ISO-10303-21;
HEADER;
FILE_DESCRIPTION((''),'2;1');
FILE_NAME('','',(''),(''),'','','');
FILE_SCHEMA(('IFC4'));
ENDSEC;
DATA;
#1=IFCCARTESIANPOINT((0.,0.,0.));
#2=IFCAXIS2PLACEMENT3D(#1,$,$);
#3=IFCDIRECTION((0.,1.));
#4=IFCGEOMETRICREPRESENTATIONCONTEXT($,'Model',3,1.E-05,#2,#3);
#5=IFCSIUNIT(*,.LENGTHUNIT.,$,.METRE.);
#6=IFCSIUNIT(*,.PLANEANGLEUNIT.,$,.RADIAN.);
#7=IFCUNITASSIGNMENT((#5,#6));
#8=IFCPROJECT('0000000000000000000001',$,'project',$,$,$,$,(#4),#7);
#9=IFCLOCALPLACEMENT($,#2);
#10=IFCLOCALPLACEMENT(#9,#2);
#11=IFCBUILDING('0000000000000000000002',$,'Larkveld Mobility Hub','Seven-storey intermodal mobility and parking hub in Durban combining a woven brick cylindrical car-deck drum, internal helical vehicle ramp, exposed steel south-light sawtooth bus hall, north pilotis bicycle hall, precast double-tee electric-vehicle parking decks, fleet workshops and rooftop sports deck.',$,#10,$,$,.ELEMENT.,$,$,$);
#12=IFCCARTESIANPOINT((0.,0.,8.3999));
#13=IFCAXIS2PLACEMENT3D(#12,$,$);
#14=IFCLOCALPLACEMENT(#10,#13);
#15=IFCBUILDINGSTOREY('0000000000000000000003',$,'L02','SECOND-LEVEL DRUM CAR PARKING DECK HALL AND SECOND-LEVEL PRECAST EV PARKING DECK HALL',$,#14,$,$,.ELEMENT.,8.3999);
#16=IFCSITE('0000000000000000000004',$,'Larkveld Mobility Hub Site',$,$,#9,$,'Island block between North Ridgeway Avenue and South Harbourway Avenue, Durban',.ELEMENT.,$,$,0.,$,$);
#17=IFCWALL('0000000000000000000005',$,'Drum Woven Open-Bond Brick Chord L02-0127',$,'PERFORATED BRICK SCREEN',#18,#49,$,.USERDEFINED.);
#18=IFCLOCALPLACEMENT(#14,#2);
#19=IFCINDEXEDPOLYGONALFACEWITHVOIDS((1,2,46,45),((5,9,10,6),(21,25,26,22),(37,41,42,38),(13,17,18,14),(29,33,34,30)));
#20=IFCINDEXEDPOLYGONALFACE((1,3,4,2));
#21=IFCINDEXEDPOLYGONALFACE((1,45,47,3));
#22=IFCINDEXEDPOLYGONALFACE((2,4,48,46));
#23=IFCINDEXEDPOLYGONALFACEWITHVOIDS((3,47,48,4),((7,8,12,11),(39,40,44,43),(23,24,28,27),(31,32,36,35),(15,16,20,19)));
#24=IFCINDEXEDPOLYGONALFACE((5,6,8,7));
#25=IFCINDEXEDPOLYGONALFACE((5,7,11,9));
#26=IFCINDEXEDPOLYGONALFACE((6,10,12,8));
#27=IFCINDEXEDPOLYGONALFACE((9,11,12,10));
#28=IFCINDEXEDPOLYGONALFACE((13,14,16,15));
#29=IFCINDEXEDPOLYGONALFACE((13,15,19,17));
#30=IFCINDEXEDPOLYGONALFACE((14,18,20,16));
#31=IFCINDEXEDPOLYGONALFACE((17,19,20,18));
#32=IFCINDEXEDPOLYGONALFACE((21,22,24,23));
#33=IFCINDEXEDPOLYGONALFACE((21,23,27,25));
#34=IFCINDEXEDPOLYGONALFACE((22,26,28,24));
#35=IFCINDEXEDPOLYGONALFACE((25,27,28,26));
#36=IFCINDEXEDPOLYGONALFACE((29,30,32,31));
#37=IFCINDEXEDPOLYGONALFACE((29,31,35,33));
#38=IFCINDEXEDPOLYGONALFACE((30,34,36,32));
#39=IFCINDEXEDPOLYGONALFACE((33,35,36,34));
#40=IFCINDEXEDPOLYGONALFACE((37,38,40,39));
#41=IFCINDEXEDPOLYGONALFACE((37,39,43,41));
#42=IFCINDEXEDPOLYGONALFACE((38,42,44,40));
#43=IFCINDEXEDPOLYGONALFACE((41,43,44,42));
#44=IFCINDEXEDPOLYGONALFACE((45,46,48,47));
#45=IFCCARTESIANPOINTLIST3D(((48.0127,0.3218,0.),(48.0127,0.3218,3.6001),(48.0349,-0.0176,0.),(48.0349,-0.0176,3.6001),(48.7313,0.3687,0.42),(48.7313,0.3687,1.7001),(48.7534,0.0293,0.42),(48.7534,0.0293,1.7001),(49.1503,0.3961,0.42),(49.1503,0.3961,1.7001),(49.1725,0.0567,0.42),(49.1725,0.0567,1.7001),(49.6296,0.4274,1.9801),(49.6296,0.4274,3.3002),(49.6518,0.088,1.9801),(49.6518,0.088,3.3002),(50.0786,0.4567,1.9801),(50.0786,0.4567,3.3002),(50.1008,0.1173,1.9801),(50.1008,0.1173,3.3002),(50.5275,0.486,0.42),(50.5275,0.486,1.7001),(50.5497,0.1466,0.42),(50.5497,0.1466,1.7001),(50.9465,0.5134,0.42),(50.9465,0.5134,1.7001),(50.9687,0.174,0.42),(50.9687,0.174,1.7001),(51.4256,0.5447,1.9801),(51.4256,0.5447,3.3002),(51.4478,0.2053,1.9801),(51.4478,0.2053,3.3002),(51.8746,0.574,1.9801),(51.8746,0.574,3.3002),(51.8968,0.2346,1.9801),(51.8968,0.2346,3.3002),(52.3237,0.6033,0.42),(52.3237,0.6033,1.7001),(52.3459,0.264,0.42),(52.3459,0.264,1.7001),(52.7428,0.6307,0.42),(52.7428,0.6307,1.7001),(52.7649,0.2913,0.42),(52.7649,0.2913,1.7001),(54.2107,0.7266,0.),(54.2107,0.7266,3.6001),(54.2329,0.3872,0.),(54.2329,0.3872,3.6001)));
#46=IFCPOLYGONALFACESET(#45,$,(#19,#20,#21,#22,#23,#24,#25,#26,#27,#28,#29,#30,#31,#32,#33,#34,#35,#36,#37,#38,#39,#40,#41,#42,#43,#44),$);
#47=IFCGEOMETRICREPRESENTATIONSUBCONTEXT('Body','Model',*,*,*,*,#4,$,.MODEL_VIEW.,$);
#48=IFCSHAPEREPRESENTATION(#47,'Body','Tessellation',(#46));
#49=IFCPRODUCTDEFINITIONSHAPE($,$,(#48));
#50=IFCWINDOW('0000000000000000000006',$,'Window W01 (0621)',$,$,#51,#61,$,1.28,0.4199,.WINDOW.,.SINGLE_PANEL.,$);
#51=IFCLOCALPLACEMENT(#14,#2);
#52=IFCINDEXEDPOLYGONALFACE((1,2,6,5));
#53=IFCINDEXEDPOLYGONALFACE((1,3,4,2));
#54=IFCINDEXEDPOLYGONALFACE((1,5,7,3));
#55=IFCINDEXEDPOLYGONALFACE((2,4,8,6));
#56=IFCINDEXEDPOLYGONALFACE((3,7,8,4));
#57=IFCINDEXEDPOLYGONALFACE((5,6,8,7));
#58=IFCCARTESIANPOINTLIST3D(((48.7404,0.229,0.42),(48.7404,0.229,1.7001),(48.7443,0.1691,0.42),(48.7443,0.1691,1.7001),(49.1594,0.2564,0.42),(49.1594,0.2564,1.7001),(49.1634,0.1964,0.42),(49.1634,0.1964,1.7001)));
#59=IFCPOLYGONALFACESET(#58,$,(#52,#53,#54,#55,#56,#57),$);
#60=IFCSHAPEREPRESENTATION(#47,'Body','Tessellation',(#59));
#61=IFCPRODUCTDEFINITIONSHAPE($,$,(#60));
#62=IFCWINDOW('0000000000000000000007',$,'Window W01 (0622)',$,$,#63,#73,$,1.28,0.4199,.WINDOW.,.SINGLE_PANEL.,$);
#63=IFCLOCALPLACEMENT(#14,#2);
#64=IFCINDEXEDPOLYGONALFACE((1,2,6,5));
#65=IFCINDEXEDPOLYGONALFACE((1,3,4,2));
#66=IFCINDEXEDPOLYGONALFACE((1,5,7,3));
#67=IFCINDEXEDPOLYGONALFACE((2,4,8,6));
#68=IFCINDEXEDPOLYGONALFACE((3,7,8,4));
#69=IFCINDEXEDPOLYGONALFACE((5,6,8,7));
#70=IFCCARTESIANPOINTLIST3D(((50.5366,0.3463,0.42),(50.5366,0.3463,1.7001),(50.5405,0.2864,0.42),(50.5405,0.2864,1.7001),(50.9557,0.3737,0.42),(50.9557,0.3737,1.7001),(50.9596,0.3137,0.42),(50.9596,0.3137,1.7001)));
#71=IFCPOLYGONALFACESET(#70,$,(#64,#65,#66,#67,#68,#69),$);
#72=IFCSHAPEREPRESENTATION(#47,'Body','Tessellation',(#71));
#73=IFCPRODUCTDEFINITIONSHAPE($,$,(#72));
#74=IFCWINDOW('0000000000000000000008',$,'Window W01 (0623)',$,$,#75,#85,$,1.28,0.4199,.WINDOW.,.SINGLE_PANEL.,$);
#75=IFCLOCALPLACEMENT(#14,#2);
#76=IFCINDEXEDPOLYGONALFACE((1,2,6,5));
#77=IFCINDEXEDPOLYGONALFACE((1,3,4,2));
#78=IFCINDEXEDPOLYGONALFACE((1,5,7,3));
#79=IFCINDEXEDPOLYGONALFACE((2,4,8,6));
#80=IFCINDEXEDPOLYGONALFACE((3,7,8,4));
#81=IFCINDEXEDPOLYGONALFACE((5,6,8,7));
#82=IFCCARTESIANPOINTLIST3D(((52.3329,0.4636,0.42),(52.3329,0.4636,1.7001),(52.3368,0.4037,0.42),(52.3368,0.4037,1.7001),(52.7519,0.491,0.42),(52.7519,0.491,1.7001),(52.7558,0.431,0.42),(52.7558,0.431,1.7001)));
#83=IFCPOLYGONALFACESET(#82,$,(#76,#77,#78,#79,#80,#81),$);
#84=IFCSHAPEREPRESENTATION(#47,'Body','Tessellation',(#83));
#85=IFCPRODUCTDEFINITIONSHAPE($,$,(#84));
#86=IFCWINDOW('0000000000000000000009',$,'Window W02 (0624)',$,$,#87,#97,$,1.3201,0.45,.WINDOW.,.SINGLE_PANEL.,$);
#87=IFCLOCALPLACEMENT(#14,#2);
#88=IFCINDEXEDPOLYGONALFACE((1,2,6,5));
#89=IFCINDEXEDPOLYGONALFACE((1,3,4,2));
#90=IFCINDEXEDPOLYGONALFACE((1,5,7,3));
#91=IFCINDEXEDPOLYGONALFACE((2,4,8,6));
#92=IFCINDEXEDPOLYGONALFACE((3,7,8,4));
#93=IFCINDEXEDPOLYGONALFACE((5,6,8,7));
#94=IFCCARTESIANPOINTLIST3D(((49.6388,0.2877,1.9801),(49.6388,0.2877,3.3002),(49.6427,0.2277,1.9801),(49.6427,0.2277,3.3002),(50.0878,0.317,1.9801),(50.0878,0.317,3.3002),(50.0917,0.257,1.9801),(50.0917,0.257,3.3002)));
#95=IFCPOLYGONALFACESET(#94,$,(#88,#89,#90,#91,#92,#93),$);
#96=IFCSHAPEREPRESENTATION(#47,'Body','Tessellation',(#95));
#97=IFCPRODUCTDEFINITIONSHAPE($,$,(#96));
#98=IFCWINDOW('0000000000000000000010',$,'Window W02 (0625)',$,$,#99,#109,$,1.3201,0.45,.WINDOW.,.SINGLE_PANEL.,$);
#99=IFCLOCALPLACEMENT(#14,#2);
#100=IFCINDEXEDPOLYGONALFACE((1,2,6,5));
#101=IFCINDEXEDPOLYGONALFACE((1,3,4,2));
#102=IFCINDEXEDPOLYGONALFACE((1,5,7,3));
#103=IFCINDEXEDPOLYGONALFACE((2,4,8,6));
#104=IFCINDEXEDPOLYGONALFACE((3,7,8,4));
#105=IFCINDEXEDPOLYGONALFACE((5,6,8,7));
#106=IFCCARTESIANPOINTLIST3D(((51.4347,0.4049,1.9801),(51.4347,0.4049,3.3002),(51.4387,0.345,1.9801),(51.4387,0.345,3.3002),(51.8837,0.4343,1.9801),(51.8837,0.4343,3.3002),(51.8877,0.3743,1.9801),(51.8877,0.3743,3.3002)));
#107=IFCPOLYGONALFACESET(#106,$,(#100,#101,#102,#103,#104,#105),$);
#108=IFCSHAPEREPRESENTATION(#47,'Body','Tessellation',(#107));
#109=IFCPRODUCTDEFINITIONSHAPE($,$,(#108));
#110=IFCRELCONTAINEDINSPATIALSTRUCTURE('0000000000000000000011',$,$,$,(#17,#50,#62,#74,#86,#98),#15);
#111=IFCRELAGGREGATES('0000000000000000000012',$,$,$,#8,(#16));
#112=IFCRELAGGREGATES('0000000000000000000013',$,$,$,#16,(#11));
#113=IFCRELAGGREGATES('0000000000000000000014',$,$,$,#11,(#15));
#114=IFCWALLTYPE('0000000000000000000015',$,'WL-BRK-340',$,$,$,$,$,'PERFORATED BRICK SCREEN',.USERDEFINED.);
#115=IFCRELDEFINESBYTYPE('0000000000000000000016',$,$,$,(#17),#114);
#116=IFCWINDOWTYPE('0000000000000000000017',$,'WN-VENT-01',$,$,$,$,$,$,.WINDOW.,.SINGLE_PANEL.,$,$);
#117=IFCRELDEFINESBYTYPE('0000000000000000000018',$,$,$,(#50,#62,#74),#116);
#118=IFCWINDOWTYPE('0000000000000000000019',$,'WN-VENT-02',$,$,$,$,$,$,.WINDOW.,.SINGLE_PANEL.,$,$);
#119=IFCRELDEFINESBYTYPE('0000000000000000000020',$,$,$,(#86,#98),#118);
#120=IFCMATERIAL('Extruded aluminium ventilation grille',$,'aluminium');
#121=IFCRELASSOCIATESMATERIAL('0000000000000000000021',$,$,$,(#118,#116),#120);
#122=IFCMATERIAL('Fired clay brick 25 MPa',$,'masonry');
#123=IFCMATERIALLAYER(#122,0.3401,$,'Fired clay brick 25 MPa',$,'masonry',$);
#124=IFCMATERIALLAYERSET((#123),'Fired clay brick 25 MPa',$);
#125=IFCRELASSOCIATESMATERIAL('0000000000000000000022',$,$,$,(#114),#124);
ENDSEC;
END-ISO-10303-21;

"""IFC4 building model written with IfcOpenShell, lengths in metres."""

from ifc_helpers import new_model, si_unit, direction, frame, frame_2d, origin, place, context, subcontext, project, spatial, rectangle, extrude, material, layer, layer_set, type_object, element, fill, save


model = new_model("IFC4")

# Units and contexts
model_context = context("Model", 3, precision=1e-05, world=origin(), true_north=direction((0.0, 1.0)))
body_context = subcontext(model_context, "Body", "Model", "MODEL_VIEW")
ifc_project = project(units=[si_unit("LENGTHUNIT", "METRE"), si_unit("PLANEANGLEUNIT", "RADIAN")], contexts=[model_context])

# Site, building, storey
site_placement = place(None, origin())
site = spatial("IfcSite", under=ifc_project, at=site_placement, Name="Larkveld Mobility Hub Site", LongName="Island block between North Ridgeway Avenue and South Harbourway Avenue, Durban", CompositionType="ELEMENT", RefElevation=0.0)
building_placement = place(site_placement, origin())
building = spatial("IfcBuilding", under=site, at=building_placement, Name="Larkveld Mobility Hub", Description="Seven-storey intermodal mobility and parking hub in Durban combining a woven brick cylindrical car-deck drum, internal helical vehicle ramp, exposed steel south-light sawtooth bus hall, north pilotis bicycle hall, precast double-tee electric-vehicle parking decks, fleet workshops and rooftop sports deck.", CompositionType="ELEMENT")
storey_placement = place(building_placement, frame((0.0, 0.0, 8.3999)))
storey = spatial("IfcBuildingStorey", under=building, at=storey_placement, Name="L02", Description="SECOND-LEVEL DRUM CAR PARKING DECK HALL AND SECOND-LEVEL PRECAST EV PARKING DECK HALL", CompositionType="ELEMENT", Elevation=8.3999)

# Wall, openings, windows
ifc_material_1 = material(Name="Fired clay brick 25 MPa", Category="masonry")
ifc_material_2 = material(Name="Extruded aluminium ventilation grille", Category="aluminium")
window_type_1 = type_object("IfcWindowType", Name="WN-VENT-02", PartitioningType="SINGLE_PANEL", PredefinedType="WINDOW", material=ifc_material_2)
window_type_2 = type_object("IfcWindowType", Name="WN-VENT-01", PartitioningType="SINGLE_PANEL", PredefinedType="WINDOW", material=ifc_material_2)
ifc_layer_1 = layer(ifc_material_1, 0.3401, Name="Fired clay brick 25 MPa", Category="masonry")
ifc_layer_set_1 = layer_set([ifc_layer_1], Name="Fired clay brick 25 MPa")
wall_type_1 = type_object("IfcWallType", Name="WL-BRK-340", ElementType="PERFORATED BRICK SCREEN", PredefinedType="USERDEFINED", material=ifc_layer_set_1)
wall_1_placement = place(storey_placement, frame((48.0239, 0.1521, 0.0), z_axis=(0.0, 0.0, 1.0), x_axis=(0.997874, 0.06517, 0.0)))
wall_1 = element("IfcWall", 1, at=wall_1_placement, inside=storey, type_object=wall_type_1, Name="Drum Woven Open-Bond Brick Chord L02-0127", ObjectType="PERFORATED BRICK SCREEN", PredefinedType="USERDEFINED", context=body_context, shape_type="SweptSolid", body=[
    extrude(rectangle(XDim=6.2112, YDim=0.3401, at=frame_2d((3.1055, 0.0))), origin(), (0.0, 0.0, 1.0), 3.6001),
])
opening_1_placement = place(wall_1_placement, frame((0.72, 0.0, 0.4199)))
opening_1 = element("IfcOpeningElement", 2, at=opening_1_placement, cuts=wall_1, PredefinedType="OPENING", context=body_context, shape_type="SweptSolid", body=[
    extrude(rectangle(XDim=0.4199, YDim=1.28, at=frame_2d((0.21, 0.6401))), frame((0.0, 0.1802, 0.0), z_axis=(0.0, -1.0, 0.0), x_axis=(1.0, 0.0, 0.0)), (0.0, 0.0, 1.0), 0.3601),
])
opening_2_placement = place(wall_1_placement, frame((2.52, 0.0, 0.4199)))
opening_2 = element("IfcOpeningElement", 3, at=opening_2_placement, cuts=wall_1, PredefinedType="OPENING", context=body_context, shape_type="SweptSolid", body=[
    extrude(rectangle(XDim=0.4199, YDim=1.28, at=frame_2d((0.21, 0.6401))), frame((0.0, 0.1802, 0.0), z_axis=(0.0, -1.0, 0.0), x_axis=(1.0, 0.0, 0.0)), (0.0, 0.0, 1.0), 0.3601),
])
opening_3_placement = place(wall_1_placement, frame((4.3201, 0.0, 0.4199)))
opening_3 = element("IfcOpeningElement", 4, at=opening_3_placement, cuts=wall_1, PredefinedType="OPENING", context=body_context, shape_type="SweptSolid", body=[
    extrude(rectangle(XDim=0.4199, YDim=1.28, at=frame_2d((0.21, 0.6401))), frame((0.0, 0.1802, 0.0), z_axis=(0.0, -1.0, 0.0), x_axis=(1.0, 0.0, 0.0)), (0.0, 0.0, 1.0), 0.3601),
])
opening_4_placement = place(wall_1_placement, frame((1.6201, 0.0, 1.98)))
opening_4 = element("IfcOpeningElement", 5, at=opening_4_placement, cuts=wall_1, PredefinedType="OPENING", context=body_context, shape_type="SweptSolid", body=[
    extrude(rectangle(XDim=0.45, YDim=1.3201, at=frame_2d((0.2251, 0.6602))), frame((0.0, 0.1802, 0.0), z_axis=(0.0, -1.0, 0.0), x_axis=(1.0, 0.0, 0.0)), (0.0, 0.0, 1.0), 0.3601),
])
opening_5_placement = place(wall_1_placement, frame((3.4199, 0.0, 1.98)))
opening_5 = element("IfcOpeningElement", 6, at=opening_5_placement, cuts=wall_1, PredefinedType="OPENING", context=body_context, shape_type="SweptSolid", body=[
    extrude(rectangle(XDim=0.45, YDim=1.3201, at=frame_2d((0.2251, 0.6602))), frame((0.0, 0.1802, 0.0), z_axis=(0.0, -1.0, 0.0), x_axis=(1.0, 0.0, 0.0)), (0.0, 0.0, 1.0), 0.3601),
])
window_1_placement = place(opening_1_placement, origin())
window_1 = element("IfcWindow", 7, at=window_1_placement, inside=storey, type_object=window_type_2, Name="Window W01 (0621)", OverallHeight=1.28, OverallWidth=0.4199, PartitioningType="SINGLE_PANEL", PredefinedType="WINDOW", context=body_context, shape_type="SweptSolid", body=[
    extrude(rectangle(XDim=0.4199, YDim=1.28, at=frame_2d((0.21, 0.6401))), frame((0.0, 0.03, 0.0), z_axis=(0.0, -1.0, 0.0), x_axis=(1.0, 0.0, 0.0)), (0.0, 0.0, 1.0), 0.0601),
])
fill(opening_1, window_1)
window_2_placement = place(opening_2_placement, origin())
window_2 = element("IfcWindow", 8, at=window_2_placement, inside=storey, type_object=window_type_2, Name="Window W01 (0622)", OverallHeight=1.28, OverallWidth=0.4199, PartitioningType="SINGLE_PANEL", PredefinedType="WINDOW", context=body_context, shape_type="SweptSolid", body=[
    extrude(rectangle(XDim=0.4199, YDim=1.28, at=frame_2d((0.21, 0.6401))), frame((0.0, 0.03, 0.0), z_axis=(0.0, -1.0, 0.0), x_axis=(1.0, 0.0, 0.0)), (0.0, 0.0, 1.0), 0.0601),
])
fill(opening_2, window_2)
window_3_placement = place(opening_3_placement, origin())
window_3 = element("IfcWindow", 9, at=window_3_placement, inside=storey, type_object=window_type_2, Name="Window W01 (0623)", OverallHeight=1.28, OverallWidth=0.4199, PartitioningType="SINGLE_PANEL", PredefinedType="WINDOW", context=body_context, shape_type="SweptSolid", body=[
    extrude(rectangle(XDim=0.4199, YDim=1.28, at=frame_2d((0.21, 0.6401))), frame((0.0, 0.03, 0.0), z_axis=(0.0, -1.0, 0.0), x_axis=(1.0, 0.0, 0.0)), (0.0, 0.0, 1.0), 0.0601),
])
fill(opening_3, window_3)
window_4_placement = place(opening_4_placement, origin())
window_4 = element("IfcWindow", 10, at=window_4_placement, inside=storey, type_object=window_type_1, Name="Window W02 (0624)", OverallHeight=1.3201, OverallWidth=0.45, PartitioningType="SINGLE_PANEL", PredefinedType="WINDOW", context=body_context, shape_type="SweptSolid", body=[
    extrude(rectangle(XDim=0.45, YDim=1.3201, at=frame_2d((0.2251, 0.6602))), frame((0.0, 0.03, 0.0), z_axis=(0.0, -1.0, 0.0), x_axis=(1.0, 0.0, 0.0)), (0.0, 0.0, 1.0), 0.0601),
])
fill(opening_4, window_4)
window_5_placement = place(opening_5_placement, origin())
window_5 = element("IfcWindow", 11, at=window_5_placement, inside=storey, type_object=window_type_1, Name="Window W02 (0625)", OverallHeight=1.3201, OverallWidth=0.45, PartitioningType="SINGLE_PANEL", PredefinedType="WINDOW", context=body_context, shape_type="SweptSolid", body=[
    extrude(rectangle(XDim=0.45, YDim=1.3201, at=frame_2d((0.2251, 0.6602))), frame((0.0, 0.03, 0.0), z_axis=(0.0, -1.0, 0.0), x_axis=(1.0, 0.0, 0.0)), (0.0, 0.0, 1.0), 0.0601),
])
fill(opening_5, window_5)

save(model, "model.ifc")
